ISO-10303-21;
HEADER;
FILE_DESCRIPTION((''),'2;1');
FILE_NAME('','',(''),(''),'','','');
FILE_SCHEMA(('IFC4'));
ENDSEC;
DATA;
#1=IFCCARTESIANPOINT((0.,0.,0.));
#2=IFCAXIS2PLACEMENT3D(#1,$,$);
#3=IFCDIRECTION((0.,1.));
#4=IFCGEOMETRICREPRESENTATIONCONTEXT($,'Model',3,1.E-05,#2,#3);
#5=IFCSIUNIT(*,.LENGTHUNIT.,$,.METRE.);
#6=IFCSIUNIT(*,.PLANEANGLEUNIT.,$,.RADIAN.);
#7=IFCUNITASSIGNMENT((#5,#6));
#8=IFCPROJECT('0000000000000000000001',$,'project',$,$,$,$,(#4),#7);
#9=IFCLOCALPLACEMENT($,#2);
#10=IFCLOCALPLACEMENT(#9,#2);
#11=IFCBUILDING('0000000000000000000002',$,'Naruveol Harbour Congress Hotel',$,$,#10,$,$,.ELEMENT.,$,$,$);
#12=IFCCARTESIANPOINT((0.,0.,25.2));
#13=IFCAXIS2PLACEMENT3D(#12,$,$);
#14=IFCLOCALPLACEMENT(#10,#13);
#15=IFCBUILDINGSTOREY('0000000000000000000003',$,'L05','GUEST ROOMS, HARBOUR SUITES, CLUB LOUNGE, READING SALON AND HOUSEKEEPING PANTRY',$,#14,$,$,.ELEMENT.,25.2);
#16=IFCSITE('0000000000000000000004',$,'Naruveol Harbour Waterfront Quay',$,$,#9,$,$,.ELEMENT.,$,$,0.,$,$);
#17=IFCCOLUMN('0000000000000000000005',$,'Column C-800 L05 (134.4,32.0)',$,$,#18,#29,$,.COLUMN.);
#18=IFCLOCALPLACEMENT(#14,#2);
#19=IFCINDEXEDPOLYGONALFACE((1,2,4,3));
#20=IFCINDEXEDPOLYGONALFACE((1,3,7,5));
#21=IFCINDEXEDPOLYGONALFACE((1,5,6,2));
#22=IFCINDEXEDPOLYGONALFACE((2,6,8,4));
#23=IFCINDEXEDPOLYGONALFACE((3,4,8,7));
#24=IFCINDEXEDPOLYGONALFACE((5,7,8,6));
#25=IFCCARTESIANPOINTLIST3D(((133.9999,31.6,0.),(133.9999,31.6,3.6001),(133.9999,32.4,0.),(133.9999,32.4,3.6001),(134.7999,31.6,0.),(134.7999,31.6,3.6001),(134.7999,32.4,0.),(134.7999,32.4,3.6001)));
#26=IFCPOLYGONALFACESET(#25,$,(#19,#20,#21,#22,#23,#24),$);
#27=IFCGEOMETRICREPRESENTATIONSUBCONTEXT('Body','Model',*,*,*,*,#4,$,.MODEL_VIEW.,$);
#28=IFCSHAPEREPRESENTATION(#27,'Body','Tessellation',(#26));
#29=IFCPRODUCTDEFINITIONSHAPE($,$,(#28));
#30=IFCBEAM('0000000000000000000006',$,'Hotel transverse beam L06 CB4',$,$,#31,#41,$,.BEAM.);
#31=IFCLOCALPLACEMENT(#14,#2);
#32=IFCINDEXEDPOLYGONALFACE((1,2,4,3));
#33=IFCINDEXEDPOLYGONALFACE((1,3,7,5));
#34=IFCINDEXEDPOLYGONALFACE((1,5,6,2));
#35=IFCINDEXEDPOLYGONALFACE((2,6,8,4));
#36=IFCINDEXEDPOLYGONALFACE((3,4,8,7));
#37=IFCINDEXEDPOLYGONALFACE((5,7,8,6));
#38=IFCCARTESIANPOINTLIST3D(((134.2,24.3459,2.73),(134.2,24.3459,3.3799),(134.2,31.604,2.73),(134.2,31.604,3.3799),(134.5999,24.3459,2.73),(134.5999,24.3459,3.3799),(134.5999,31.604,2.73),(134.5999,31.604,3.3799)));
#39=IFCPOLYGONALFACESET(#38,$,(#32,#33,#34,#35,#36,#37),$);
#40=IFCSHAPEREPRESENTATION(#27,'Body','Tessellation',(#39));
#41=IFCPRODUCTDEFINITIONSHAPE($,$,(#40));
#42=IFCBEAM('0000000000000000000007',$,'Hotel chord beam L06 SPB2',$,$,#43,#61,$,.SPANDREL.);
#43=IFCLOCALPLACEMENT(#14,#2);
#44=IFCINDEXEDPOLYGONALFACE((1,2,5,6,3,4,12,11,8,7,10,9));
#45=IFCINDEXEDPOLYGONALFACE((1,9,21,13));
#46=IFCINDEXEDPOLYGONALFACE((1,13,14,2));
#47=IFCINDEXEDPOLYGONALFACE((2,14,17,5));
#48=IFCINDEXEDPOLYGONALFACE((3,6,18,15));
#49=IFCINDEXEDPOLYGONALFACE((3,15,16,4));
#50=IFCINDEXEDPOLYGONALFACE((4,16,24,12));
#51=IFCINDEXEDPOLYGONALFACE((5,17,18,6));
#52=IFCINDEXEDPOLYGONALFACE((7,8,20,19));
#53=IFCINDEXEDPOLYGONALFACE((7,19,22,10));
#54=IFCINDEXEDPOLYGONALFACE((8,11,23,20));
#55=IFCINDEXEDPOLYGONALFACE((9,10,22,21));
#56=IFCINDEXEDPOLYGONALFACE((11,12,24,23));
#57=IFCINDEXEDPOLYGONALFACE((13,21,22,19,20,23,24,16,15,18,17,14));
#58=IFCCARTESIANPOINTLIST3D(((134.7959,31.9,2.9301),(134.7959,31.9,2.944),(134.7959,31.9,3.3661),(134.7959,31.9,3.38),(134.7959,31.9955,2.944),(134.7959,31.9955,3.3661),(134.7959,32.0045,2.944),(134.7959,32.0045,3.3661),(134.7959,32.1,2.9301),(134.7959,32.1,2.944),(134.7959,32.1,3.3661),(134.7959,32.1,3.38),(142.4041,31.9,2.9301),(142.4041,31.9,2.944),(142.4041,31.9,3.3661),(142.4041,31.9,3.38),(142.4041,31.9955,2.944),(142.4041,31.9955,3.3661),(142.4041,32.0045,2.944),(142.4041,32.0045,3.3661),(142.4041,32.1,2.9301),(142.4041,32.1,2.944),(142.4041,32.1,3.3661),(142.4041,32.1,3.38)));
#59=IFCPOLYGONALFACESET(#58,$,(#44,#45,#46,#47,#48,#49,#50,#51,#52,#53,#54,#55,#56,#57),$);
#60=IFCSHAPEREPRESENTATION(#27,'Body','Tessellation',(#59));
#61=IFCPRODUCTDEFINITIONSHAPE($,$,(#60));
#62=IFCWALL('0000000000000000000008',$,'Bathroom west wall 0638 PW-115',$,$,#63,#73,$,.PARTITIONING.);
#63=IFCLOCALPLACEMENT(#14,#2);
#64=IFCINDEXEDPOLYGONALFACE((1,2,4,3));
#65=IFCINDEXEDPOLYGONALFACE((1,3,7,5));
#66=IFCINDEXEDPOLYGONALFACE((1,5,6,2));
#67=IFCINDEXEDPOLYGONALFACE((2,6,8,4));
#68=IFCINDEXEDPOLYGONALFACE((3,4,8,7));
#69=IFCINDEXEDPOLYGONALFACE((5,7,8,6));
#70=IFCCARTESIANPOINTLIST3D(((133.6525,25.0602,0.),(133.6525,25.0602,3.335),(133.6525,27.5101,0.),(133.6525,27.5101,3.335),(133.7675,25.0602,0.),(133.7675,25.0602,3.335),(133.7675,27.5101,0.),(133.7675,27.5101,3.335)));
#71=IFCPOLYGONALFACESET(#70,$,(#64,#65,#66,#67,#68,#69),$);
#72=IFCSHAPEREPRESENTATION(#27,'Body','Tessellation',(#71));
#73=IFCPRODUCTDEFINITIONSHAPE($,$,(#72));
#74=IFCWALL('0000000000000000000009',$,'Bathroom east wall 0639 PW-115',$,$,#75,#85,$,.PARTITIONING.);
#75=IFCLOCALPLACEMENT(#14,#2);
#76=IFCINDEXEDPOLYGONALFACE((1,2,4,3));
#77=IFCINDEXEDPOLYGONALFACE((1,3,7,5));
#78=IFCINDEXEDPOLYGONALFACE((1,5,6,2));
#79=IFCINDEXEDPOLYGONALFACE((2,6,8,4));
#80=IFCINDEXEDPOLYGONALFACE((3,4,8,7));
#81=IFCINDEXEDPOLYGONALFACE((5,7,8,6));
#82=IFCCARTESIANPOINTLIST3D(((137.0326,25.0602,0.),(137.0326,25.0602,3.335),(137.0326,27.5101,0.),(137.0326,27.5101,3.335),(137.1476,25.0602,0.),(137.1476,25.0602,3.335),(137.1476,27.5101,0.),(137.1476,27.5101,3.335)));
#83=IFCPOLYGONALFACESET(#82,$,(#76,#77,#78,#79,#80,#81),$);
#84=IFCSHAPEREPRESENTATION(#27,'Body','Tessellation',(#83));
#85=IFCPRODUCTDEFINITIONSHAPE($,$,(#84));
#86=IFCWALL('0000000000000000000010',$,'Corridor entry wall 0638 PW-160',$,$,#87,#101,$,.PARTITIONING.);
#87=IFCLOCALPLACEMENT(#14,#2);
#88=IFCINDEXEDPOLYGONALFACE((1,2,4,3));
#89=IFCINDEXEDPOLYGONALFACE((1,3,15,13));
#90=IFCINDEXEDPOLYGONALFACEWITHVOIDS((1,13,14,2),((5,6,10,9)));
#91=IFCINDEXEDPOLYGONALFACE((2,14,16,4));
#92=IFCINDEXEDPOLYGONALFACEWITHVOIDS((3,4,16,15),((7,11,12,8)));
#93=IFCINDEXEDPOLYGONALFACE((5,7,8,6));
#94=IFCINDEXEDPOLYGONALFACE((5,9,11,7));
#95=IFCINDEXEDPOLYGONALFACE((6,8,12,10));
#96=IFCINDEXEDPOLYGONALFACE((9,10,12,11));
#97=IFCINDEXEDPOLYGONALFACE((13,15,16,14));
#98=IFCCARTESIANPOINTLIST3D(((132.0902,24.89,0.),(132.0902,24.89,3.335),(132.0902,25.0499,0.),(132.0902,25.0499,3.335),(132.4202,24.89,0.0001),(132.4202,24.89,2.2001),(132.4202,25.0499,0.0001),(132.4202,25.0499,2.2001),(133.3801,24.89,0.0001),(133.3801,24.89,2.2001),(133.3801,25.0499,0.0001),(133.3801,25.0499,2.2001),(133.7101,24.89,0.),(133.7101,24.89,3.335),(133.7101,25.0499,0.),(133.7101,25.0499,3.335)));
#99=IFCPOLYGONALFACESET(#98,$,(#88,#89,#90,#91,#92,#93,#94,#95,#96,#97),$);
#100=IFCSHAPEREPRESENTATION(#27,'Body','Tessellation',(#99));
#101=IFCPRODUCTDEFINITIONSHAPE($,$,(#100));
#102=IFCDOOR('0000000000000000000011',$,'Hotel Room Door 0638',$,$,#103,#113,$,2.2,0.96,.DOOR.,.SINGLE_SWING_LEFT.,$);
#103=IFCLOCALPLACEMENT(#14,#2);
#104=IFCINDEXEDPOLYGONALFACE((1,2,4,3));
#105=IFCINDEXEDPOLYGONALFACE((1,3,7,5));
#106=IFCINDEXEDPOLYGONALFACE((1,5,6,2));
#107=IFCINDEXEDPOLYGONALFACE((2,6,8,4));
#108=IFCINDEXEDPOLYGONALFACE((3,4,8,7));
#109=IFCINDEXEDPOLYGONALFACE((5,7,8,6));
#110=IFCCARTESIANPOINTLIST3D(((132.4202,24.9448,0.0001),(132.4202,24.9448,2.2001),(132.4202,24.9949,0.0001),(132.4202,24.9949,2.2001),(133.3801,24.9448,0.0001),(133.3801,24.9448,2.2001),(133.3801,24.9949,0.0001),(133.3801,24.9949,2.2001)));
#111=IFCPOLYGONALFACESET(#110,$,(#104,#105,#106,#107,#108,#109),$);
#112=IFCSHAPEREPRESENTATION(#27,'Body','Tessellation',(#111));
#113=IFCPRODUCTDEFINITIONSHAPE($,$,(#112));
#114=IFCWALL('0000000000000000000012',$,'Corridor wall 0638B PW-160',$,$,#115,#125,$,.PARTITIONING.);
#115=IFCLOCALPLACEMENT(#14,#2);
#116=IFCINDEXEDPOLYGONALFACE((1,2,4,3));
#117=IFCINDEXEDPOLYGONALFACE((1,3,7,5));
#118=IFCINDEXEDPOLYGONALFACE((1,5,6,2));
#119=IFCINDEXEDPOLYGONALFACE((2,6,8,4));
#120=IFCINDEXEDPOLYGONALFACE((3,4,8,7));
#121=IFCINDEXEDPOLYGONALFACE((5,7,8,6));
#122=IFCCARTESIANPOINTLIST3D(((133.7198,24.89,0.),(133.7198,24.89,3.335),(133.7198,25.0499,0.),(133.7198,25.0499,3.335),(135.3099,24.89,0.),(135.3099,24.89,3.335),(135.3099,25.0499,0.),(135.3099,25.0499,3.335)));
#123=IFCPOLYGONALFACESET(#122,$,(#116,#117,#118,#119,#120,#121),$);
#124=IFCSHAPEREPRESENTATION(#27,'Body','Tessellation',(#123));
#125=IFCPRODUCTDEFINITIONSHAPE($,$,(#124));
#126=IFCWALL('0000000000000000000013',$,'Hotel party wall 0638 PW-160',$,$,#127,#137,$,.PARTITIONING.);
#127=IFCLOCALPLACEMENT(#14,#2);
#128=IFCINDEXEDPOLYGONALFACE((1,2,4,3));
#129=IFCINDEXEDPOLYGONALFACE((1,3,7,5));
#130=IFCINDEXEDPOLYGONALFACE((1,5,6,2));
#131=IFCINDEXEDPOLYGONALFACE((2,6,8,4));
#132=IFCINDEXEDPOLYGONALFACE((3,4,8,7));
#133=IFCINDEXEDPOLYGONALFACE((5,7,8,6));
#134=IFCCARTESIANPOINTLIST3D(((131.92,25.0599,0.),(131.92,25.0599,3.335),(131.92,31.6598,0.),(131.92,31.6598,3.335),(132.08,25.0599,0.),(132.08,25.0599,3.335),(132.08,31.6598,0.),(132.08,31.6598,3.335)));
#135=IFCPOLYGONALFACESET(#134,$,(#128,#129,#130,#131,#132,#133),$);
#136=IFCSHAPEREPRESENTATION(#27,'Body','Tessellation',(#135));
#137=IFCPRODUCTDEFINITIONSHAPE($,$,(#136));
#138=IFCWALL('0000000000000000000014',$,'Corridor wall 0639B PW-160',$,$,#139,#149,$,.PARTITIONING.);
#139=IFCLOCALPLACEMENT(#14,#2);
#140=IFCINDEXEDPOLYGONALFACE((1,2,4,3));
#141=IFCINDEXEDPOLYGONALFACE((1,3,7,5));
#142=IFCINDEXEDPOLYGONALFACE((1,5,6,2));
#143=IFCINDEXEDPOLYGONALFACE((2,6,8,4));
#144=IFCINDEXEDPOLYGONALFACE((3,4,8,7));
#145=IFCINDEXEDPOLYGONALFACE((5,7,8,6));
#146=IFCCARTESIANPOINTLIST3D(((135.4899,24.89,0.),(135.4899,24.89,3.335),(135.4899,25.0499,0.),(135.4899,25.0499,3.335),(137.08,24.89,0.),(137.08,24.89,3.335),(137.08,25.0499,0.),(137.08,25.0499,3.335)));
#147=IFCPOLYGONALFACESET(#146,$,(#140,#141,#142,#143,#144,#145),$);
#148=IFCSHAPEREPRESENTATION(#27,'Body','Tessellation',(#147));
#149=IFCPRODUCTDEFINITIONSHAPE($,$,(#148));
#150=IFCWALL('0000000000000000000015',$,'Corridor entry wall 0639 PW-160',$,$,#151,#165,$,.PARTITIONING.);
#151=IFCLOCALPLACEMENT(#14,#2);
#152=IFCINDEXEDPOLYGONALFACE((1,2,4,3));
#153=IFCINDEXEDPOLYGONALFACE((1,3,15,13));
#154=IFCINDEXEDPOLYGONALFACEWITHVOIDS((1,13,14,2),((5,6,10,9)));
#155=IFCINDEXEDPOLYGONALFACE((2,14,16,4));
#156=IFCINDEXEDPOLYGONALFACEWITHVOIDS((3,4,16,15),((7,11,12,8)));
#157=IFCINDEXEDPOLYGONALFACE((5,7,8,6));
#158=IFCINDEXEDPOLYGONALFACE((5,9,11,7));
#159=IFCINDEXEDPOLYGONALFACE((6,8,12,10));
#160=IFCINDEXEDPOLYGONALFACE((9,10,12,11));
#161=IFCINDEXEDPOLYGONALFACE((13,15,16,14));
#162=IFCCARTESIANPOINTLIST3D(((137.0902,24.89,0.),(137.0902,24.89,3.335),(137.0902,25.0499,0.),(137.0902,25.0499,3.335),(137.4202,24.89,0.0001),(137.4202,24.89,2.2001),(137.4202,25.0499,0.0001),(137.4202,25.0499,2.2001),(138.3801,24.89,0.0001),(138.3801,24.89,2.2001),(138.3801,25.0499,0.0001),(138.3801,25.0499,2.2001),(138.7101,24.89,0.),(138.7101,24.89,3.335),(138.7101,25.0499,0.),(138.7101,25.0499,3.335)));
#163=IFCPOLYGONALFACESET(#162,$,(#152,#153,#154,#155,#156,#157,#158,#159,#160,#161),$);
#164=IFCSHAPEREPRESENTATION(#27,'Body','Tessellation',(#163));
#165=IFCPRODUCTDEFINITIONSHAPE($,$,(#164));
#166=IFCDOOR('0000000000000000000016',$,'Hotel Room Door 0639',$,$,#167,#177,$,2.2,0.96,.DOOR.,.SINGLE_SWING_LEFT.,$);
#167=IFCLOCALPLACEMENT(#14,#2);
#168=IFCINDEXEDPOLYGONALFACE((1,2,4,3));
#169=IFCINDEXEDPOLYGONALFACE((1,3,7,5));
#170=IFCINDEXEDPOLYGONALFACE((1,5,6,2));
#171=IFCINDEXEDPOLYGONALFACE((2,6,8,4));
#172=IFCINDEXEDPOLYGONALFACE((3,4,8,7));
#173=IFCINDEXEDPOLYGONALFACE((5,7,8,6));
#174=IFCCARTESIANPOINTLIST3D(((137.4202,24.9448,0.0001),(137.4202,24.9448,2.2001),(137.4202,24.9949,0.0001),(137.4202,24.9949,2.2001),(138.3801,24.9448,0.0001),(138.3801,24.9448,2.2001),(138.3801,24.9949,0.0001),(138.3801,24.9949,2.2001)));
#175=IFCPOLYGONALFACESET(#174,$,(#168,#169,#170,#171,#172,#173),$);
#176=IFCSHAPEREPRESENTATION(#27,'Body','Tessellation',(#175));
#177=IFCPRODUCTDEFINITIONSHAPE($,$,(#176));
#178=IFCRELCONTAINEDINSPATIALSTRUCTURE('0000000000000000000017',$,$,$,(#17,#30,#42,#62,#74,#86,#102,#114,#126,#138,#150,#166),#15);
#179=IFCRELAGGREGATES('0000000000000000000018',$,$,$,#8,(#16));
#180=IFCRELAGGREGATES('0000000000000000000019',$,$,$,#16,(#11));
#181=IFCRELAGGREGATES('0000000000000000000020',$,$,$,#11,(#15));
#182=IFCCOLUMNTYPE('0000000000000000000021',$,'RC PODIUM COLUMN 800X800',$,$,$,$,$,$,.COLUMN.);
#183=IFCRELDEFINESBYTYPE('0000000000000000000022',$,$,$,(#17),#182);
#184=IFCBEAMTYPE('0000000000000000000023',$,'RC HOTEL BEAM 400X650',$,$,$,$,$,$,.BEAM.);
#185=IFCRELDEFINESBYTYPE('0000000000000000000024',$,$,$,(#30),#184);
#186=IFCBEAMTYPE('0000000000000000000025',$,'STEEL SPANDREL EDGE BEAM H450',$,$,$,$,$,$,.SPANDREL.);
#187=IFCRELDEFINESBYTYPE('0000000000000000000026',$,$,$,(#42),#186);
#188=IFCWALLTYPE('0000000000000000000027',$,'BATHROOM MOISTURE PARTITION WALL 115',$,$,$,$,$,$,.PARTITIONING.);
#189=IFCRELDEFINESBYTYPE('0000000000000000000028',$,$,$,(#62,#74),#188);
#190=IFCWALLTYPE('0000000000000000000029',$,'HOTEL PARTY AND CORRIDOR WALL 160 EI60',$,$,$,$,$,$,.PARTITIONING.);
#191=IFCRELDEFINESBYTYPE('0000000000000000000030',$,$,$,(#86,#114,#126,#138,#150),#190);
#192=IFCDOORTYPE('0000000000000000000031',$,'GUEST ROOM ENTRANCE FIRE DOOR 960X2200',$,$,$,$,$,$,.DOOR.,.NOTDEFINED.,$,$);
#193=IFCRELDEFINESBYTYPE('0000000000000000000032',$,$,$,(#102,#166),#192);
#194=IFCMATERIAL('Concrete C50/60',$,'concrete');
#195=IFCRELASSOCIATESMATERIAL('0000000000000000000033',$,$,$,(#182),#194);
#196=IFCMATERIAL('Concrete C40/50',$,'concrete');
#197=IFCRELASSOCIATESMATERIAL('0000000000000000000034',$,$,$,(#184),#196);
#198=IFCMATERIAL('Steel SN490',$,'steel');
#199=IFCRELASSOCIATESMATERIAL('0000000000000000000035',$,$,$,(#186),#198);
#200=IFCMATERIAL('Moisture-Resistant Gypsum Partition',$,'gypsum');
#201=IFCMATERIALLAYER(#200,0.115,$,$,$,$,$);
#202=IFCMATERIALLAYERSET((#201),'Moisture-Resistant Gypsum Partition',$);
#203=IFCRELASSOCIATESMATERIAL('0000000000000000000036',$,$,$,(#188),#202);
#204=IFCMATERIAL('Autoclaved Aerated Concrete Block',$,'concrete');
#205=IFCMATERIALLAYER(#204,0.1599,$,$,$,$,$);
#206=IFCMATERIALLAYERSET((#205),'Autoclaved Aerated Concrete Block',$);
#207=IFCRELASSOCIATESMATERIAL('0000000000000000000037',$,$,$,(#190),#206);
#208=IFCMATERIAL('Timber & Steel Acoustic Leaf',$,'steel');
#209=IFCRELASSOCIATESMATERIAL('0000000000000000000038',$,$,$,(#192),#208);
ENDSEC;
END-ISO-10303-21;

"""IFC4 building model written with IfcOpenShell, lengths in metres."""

from ifc_helpers import new_model, si_unit, direction, frame, frame_2d, origin, origin_2d, place, context, subcontext, project, spatial, rectangle, i_section, extrude, material, layer, layer_set, material_profile, profile_set, type_object, element, fill, save


model = new_model("IFC4")

# Units and contexts
model_context = context("Model", 3, precision=1e-05, world=origin(), true_north=direction((0.0, 1.0)))
body_context = subcontext(model_context, "Body", "Model", "MODEL_VIEW")
ifc_project = project(units=[si_unit("LENGTHUNIT", "METRE"), si_unit("PLANEANGLEUNIT", "RADIAN")], contexts=[model_context])

# Site, building, storey
site_placement = place(None, origin())
site = spatial("IfcSite", under=ifc_project, at=site_placement, Name="Naruveol Harbour Waterfront Quay", CompositionType="ELEMENT", RefElevation=0.0)
building_placement = place(site_placement, origin())
building = spatial("IfcBuilding", under=site, at=building_placement, Name="Naruveol Harbour Congress Hotel", CompositionType="ELEMENT")
storey_placement = place(building_placement, frame((0.0, 0.0, 25.2)))
storey = spatial("IfcBuildingStorey", under=building, at=storey_placement, Name="L05", Description="GUEST ROOMS, HARBOUR SUITES, CLUB LOUNGE, READING SALON AND HOUSEKEEPING PANTRY", CompositionType="ELEMENT", Elevation=25.2)

# Column
ifc_material_1 = material(Name="Concrete C50/60", Category="concrete")
ifc_material_profile_1 = material_profile(ifc_material_1, rectangle(XDim=0.8, YDim=0.8, at=origin_2d()), Name="RC-800x800")
ifc_profile_set_1 = profile_set([ifc_material_profile_1], Name="Concrete C50/60")
column_type = type_object("IfcColumnType", Name="RC PODIUM COLUMN 800X800", PredefinedType="COLUMN", material=ifc_profile_set_1)
column_placement = place(storey_placement, frame((134.3999, 32.0, 0.0), z_axis=(0.0, 0.0, 1.0), x_axis=(1.0, 0.0, 0.0)))
element("IfcColumn", 1, at=column_placement, inside=storey, type_object=column_type, Name="Column C-800 L05 (134.4,32.0)", PredefinedType="COLUMN", context=body_context, shape_type="SweptSolid", body=[
    extrude(rectangle(XDim=0.8, YDim=0.8, at=origin_2d()), origin(), (0.0, 0.0, 1.0), 3.6001),
])

# Beams
ifc_material_2 = material(Name="Concrete C40/50", Category="concrete")
ifc_material_profile_2 = material_profile(ifc_material_2, rectangle(XDim=0.3999, YDim=0.6499, at=origin_2d()), Name="RCB-400x650")
ifc_profile_set_2 = profile_set([ifc_material_profile_2], Name="Concrete C40/50")
beam_type_1 = type_object("IfcBeamType", Name="RC HOTEL BEAM 400X650", PredefinedType="BEAM", material=ifc_profile_set_2)
beam_1_placement = place(storey_placement, frame((134.3999, 24.3459, 3.0549), z_axis=(0.0, 1.0, 0.0), x_axis=(-1.0, 0.0, 0.0)))
element("IfcBeam", 2, at=beam_1_placement, inside=storey, type_object=beam_type_1, Name="Hotel transverse beam L06 CB4", PredefinedType="BEAM", context=body_context, shape_type="SweptSolid", body=[
    extrude(rectangle(XDim=0.3999, YDim=0.6499, at=origin_2d()), origin(), (0.0, 0.0, 1.0), 7.2581),
])
ifc_material_3 = material(Name="Steel SN490", Category="steel")
ifc_material_profile_3 = material_profile(ifc_material_3, i_section(OverallWidth=0.2, OverallDepth=0.45, WebThickness=0.009, FlangeThickness=0.0139, at=origin_2d()), Name="H-450x200x9x14")
ifc_profile_set_3 = profile_set([ifc_material_profile_3], Name="Steel SN490")
beam_type_2 = type_object("IfcBeamType", Name="STEEL SPANDREL EDGE BEAM H450", PredefinedType="SPANDREL", material=ifc_profile_set_3)
beam_2_placement = place(storey_placement, frame((134.7959, 32.0, 3.155), z_axis=(1.0, 0.0, 0.0), x_axis=(0.0, 1.0, 0.0)))
element("IfcBeam", 3, at=beam_2_placement, inside=storey, type_object=beam_type_2, Name="Hotel chord beam L06 SPB2", PredefinedType="SPANDREL", context=body_context, shape_type="SweptSolid", body=[
    extrude(i_section(OverallWidth=0.2, OverallDepth=0.45, WebThickness=0.009, FlangeThickness=0.0139, at=origin_2d()), origin(), (0.0, 0.0, 1.0), 7.6082),
])

# Shared definitions
ifc_material_4 = material(Name="Moisture-Resistant Gypsum Partition", Category="gypsum")
ifc_layer_1 = layer(ifc_material_4, 0.115)
ifc_layer_set_1 = layer_set([ifc_layer_1], Name="Moisture-Resistant Gypsum Partition")
wall_type_1 = type_object("IfcWallType", Name="BATHROOM MOISTURE PARTITION WALL 115", PredefinedType="PARTITIONING", material=ifc_layer_set_1)

# Wall
wall_1_placement = place(storey_placement, frame((133.71, 25.0601, 0.0), z_axis=(0.0, 0.0, 1.0), x_axis=(0.0, 1.0, 0.0)))
element("IfcWall", 4, at=wall_1_placement, inside=storey, type_object=wall_type_1, Name="Bathroom west wall 0638 PW-115", PredefinedType="PARTITIONING", context=body_context, shape_type="SweptSolid", body=[
    extrude(rectangle(XDim=2.45, YDim=0.115, at=frame_2d((1.2251, 0.0))), origin(), (0.0, 0.0, 1.0), 3.335),
])

# Wall
wall_2_placement = place(storey_placement, frame((137.0901, 25.0601, 0.0), z_axis=(0.0, 0.0, 1.0), x_axis=(0.0, 1.0, 0.0)))
element("IfcWall", 5, at=wall_2_placement, inside=storey, type_object=wall_type_1, Name="Bathroom east wall 0639 PW-115", PredefinedType="PARTITIONING", context=body_context, shape_type="SweptSolid", body=[
    extrude(rectangle(XDim=2.45, YDim=0.115, at=frame_2d((1.2251, 0.0))), origin(), (0.0, 0.0, 1.0), 3.335),
])

# Wall, opening, door
ifc_material_5 = material(Name="Autoclaved Aerated Concrete Block", Category="concrete")
ifc_layer_2 = layer(ifc_material_5, 0.1599)
ifc_layer_set_2 = layer_set([ifc_layer_2], Name="Autoclaved Aerated Concrete Block")
wall_type_2 = type_object("IfcWallType", Name="HOTEL PARTY AND CORRIDOR WALL 160 EI60", PredefinedType="PARTITIONING", material=ifc_layer_set_2)
wall_3_placement = place(storey_placement, frame((132.0901, 24.97, 0.0), z_axis=(0.0, 0.0, 1.0), x_axis=(1.0, 0.0, 0.0)))
wall_3 = element("IfcWall", 6, at=wall_3_placement, inside=storey, type_object=wall_type_2, Name="Corridor entry wall 0638 PW-160", PredefinedType="PARTITIONING", context=body_context, shape_type="SweptSolid", body=[
    extrude(rectangle(XDim=1.6199, YDim=0.1599, at=frame_2d((0.8101, 0.0))), origin(), (0.0, 0.0, 1.0), 3.335),
])
opening_1_placement = place(wall_3_placement, frame((0.3301, 0.0, 0.0)))
opening_1 = element("IfcOpeningElement", 7, at=opening_1_placement, cuts=wall_3, PredefinedType="OPENING", context=body_context, shape_type="SweptSolid", body=[
    extrude(rectangle(XDim=0.96, YDim=2.2, at=frame_2d((0.48, 1.1001))), frame((0.0, 0.0898, 0.0), z_axis=(0.0, -1.0, 0.0), x_axis=(1.0, 0.0, 0.0)), (0.0, 0.0, 1.0), 0.1799),
])
ifc_material_6 = material(Name="Timber & Steel Acoustic Leaf", Category="steel")
door_type_1 = type_object("IfcDoorType", Name="GUEST ROOM ENTRANCE FIRE DOOR 960X2200", OperationType="NOTDEFINED", PredefinedType="DOOR", material=ifc_material_6)
door_1_placement = place(opening_1_placement, origin())
door_1 = element("IfcDoor", 8, at=door_1_placement, inside=storey, type_object=door_type_1, Name="Hotel Room Door 0638", OperationType="SINGLE_SWING_LEFT", OverallHeight=2.2, OverallWidth=0.96, PredefinedType="DOOR", context=body_context, shape_type="SweptSolid", body=[
    extrude(rectangle(XDim=0.96, YDim=2.2, at=frame_2d((0.48, 1.1001))), frame((0.0, 0.0249, 0.0), z_axis=(0.0, -1.0, 0.0), x_axis=(1.0, 0.0, 0.0)), (0.0, 0.0, 1.0), 0.05),
])
fill(opening_1, door_1)

# Walls
wall_4_placement = place(storey_placement, frame((133.72, 24.97, 0.0), z_axis=(0.0, 0.0, 1.0), x_axis=(1.0, 0.0, 0.0)))
element("IfcWall", 9, at=wall_4_placement, inside=storey, type_object=wall_type_2, Name="Corridor wall 0638B PW-160", PredefinedType="PARTITIONING", context=body_context, shape_type="SweptSolid", body=[
    extrude(rectangle(XDim=1.5901, YDim=0.1599, at=frame_2d((0.7949, 0.0))), origin(), (0.0, 0.0, 1.0), 3.335),
])
wall_5_placement = place(storey_placement, frame((132.0, 25.0601, 0.0), z_axis=(0.0, 0.0, 1.0), x_axis=(0.0, 1.0, 0.0)))
element("IfcWall", 10, at=wall_5_placement, inside=storey, type_object=wall_type_2, Name="Hotel party wall 0638 PW-160", PredefinedType="PARTITIONING", context=body_context, shape_type="SweptSolid", body=[
    extrude(rectangle(XDim=6.5999, YDim=0.1599, at=frame_2d((3.2998, 0.0))), origin(), (0.0, 0.0, 1.0), 3.335),
])
wall_6_placement = place(storey_placement, frame((135.49, 24.97, 0.0), z_axis=(0.0, 0.0, 1.0), x_axis=(1.0, 0.0, 0.0)))
element("IfcWall", 11, at=wall_6_placement, inside=storey, type_object=wall_type_2, Name="Corridor wall 0639B PW-160", PredefinedType="PARTITIONING", context=body_context, shape_type="SweptSolid", body=[
    extrude(rectangle(XDim=1.5901, YDim=0.1599, at=frame_2d((0.7949, 0.0))), origin(), (0.0, 0.0, 1.0), 3.335),
])

# Wall, opening, door
wall_7_placement = place(storey_placement, frame((137.0901, 24.97, 0.0), z_axis=(0.0, 0.0, 1.0), x_axis=(1.0, 0.0, 0.0)))
wall_7 = element("IfcWall", 12, at=wall_7_placement, inside=storey, type_object=wall_type_2, Name="Corridor entry wall 0639 PW-160", PredefinedType="PARTITIONING", context=body_context, shape_type="SweptSolid", body=[
    extrude(rectangle(XDim=1.6199, YDim=0.1599, at=frame_2d((0.8101, 0.0))), origin(), (0.0, 0.0, 1.0), 3.335),
])
opening_2_placement = place(wall_7_placement, frame((0.3301, 0.0, 0.0)))
opening_2 = element("IfcOpeningElement", 13, at=opening_2_placement, cuts=wall_7, PredefinedType="OPENING", context=body_context, shape_type="SweptSolid", body=[
    extrude(rectangle(XDim=0.96, YDim=2.2, at=frame_2d((0.48, 1.1001))), frame((0.0, 0.0898, 0.0), z_axis=(0.0, -1.0, 0.0), x_axis=(1.0, 0.0, 0.0)), (0.0, 0.0, 1.0), 0.1799),
])
door_2_placement = place(opening_2_placement, origin())
door_2 = element("IfcDoor", 14, at=door_2_placement, inside=storey, type_object=door_type_1, Name="Hotel Room Door 0639", OperationType="SINGLE_SWING_LEFT", OverallHeight=2.2, OverallWidth=0.96, PredefinedType="DOOR", context=body_context, shape_type="SweptSolid", body=[
    extrude(rectangle(XDim=0.96, YDim=2.2, at=frame_2d((0.48, 1.1001))), frame((0.0, 0.0249, 0.0), z_axis=(0.0, -1.0, 0.0), x_axis=(1.0, 0.0, 0.0)), (0.0, 0.0, 1.0), 0.05),
])
fill(opening_2, door_2)

save(model, "model.ifc")
